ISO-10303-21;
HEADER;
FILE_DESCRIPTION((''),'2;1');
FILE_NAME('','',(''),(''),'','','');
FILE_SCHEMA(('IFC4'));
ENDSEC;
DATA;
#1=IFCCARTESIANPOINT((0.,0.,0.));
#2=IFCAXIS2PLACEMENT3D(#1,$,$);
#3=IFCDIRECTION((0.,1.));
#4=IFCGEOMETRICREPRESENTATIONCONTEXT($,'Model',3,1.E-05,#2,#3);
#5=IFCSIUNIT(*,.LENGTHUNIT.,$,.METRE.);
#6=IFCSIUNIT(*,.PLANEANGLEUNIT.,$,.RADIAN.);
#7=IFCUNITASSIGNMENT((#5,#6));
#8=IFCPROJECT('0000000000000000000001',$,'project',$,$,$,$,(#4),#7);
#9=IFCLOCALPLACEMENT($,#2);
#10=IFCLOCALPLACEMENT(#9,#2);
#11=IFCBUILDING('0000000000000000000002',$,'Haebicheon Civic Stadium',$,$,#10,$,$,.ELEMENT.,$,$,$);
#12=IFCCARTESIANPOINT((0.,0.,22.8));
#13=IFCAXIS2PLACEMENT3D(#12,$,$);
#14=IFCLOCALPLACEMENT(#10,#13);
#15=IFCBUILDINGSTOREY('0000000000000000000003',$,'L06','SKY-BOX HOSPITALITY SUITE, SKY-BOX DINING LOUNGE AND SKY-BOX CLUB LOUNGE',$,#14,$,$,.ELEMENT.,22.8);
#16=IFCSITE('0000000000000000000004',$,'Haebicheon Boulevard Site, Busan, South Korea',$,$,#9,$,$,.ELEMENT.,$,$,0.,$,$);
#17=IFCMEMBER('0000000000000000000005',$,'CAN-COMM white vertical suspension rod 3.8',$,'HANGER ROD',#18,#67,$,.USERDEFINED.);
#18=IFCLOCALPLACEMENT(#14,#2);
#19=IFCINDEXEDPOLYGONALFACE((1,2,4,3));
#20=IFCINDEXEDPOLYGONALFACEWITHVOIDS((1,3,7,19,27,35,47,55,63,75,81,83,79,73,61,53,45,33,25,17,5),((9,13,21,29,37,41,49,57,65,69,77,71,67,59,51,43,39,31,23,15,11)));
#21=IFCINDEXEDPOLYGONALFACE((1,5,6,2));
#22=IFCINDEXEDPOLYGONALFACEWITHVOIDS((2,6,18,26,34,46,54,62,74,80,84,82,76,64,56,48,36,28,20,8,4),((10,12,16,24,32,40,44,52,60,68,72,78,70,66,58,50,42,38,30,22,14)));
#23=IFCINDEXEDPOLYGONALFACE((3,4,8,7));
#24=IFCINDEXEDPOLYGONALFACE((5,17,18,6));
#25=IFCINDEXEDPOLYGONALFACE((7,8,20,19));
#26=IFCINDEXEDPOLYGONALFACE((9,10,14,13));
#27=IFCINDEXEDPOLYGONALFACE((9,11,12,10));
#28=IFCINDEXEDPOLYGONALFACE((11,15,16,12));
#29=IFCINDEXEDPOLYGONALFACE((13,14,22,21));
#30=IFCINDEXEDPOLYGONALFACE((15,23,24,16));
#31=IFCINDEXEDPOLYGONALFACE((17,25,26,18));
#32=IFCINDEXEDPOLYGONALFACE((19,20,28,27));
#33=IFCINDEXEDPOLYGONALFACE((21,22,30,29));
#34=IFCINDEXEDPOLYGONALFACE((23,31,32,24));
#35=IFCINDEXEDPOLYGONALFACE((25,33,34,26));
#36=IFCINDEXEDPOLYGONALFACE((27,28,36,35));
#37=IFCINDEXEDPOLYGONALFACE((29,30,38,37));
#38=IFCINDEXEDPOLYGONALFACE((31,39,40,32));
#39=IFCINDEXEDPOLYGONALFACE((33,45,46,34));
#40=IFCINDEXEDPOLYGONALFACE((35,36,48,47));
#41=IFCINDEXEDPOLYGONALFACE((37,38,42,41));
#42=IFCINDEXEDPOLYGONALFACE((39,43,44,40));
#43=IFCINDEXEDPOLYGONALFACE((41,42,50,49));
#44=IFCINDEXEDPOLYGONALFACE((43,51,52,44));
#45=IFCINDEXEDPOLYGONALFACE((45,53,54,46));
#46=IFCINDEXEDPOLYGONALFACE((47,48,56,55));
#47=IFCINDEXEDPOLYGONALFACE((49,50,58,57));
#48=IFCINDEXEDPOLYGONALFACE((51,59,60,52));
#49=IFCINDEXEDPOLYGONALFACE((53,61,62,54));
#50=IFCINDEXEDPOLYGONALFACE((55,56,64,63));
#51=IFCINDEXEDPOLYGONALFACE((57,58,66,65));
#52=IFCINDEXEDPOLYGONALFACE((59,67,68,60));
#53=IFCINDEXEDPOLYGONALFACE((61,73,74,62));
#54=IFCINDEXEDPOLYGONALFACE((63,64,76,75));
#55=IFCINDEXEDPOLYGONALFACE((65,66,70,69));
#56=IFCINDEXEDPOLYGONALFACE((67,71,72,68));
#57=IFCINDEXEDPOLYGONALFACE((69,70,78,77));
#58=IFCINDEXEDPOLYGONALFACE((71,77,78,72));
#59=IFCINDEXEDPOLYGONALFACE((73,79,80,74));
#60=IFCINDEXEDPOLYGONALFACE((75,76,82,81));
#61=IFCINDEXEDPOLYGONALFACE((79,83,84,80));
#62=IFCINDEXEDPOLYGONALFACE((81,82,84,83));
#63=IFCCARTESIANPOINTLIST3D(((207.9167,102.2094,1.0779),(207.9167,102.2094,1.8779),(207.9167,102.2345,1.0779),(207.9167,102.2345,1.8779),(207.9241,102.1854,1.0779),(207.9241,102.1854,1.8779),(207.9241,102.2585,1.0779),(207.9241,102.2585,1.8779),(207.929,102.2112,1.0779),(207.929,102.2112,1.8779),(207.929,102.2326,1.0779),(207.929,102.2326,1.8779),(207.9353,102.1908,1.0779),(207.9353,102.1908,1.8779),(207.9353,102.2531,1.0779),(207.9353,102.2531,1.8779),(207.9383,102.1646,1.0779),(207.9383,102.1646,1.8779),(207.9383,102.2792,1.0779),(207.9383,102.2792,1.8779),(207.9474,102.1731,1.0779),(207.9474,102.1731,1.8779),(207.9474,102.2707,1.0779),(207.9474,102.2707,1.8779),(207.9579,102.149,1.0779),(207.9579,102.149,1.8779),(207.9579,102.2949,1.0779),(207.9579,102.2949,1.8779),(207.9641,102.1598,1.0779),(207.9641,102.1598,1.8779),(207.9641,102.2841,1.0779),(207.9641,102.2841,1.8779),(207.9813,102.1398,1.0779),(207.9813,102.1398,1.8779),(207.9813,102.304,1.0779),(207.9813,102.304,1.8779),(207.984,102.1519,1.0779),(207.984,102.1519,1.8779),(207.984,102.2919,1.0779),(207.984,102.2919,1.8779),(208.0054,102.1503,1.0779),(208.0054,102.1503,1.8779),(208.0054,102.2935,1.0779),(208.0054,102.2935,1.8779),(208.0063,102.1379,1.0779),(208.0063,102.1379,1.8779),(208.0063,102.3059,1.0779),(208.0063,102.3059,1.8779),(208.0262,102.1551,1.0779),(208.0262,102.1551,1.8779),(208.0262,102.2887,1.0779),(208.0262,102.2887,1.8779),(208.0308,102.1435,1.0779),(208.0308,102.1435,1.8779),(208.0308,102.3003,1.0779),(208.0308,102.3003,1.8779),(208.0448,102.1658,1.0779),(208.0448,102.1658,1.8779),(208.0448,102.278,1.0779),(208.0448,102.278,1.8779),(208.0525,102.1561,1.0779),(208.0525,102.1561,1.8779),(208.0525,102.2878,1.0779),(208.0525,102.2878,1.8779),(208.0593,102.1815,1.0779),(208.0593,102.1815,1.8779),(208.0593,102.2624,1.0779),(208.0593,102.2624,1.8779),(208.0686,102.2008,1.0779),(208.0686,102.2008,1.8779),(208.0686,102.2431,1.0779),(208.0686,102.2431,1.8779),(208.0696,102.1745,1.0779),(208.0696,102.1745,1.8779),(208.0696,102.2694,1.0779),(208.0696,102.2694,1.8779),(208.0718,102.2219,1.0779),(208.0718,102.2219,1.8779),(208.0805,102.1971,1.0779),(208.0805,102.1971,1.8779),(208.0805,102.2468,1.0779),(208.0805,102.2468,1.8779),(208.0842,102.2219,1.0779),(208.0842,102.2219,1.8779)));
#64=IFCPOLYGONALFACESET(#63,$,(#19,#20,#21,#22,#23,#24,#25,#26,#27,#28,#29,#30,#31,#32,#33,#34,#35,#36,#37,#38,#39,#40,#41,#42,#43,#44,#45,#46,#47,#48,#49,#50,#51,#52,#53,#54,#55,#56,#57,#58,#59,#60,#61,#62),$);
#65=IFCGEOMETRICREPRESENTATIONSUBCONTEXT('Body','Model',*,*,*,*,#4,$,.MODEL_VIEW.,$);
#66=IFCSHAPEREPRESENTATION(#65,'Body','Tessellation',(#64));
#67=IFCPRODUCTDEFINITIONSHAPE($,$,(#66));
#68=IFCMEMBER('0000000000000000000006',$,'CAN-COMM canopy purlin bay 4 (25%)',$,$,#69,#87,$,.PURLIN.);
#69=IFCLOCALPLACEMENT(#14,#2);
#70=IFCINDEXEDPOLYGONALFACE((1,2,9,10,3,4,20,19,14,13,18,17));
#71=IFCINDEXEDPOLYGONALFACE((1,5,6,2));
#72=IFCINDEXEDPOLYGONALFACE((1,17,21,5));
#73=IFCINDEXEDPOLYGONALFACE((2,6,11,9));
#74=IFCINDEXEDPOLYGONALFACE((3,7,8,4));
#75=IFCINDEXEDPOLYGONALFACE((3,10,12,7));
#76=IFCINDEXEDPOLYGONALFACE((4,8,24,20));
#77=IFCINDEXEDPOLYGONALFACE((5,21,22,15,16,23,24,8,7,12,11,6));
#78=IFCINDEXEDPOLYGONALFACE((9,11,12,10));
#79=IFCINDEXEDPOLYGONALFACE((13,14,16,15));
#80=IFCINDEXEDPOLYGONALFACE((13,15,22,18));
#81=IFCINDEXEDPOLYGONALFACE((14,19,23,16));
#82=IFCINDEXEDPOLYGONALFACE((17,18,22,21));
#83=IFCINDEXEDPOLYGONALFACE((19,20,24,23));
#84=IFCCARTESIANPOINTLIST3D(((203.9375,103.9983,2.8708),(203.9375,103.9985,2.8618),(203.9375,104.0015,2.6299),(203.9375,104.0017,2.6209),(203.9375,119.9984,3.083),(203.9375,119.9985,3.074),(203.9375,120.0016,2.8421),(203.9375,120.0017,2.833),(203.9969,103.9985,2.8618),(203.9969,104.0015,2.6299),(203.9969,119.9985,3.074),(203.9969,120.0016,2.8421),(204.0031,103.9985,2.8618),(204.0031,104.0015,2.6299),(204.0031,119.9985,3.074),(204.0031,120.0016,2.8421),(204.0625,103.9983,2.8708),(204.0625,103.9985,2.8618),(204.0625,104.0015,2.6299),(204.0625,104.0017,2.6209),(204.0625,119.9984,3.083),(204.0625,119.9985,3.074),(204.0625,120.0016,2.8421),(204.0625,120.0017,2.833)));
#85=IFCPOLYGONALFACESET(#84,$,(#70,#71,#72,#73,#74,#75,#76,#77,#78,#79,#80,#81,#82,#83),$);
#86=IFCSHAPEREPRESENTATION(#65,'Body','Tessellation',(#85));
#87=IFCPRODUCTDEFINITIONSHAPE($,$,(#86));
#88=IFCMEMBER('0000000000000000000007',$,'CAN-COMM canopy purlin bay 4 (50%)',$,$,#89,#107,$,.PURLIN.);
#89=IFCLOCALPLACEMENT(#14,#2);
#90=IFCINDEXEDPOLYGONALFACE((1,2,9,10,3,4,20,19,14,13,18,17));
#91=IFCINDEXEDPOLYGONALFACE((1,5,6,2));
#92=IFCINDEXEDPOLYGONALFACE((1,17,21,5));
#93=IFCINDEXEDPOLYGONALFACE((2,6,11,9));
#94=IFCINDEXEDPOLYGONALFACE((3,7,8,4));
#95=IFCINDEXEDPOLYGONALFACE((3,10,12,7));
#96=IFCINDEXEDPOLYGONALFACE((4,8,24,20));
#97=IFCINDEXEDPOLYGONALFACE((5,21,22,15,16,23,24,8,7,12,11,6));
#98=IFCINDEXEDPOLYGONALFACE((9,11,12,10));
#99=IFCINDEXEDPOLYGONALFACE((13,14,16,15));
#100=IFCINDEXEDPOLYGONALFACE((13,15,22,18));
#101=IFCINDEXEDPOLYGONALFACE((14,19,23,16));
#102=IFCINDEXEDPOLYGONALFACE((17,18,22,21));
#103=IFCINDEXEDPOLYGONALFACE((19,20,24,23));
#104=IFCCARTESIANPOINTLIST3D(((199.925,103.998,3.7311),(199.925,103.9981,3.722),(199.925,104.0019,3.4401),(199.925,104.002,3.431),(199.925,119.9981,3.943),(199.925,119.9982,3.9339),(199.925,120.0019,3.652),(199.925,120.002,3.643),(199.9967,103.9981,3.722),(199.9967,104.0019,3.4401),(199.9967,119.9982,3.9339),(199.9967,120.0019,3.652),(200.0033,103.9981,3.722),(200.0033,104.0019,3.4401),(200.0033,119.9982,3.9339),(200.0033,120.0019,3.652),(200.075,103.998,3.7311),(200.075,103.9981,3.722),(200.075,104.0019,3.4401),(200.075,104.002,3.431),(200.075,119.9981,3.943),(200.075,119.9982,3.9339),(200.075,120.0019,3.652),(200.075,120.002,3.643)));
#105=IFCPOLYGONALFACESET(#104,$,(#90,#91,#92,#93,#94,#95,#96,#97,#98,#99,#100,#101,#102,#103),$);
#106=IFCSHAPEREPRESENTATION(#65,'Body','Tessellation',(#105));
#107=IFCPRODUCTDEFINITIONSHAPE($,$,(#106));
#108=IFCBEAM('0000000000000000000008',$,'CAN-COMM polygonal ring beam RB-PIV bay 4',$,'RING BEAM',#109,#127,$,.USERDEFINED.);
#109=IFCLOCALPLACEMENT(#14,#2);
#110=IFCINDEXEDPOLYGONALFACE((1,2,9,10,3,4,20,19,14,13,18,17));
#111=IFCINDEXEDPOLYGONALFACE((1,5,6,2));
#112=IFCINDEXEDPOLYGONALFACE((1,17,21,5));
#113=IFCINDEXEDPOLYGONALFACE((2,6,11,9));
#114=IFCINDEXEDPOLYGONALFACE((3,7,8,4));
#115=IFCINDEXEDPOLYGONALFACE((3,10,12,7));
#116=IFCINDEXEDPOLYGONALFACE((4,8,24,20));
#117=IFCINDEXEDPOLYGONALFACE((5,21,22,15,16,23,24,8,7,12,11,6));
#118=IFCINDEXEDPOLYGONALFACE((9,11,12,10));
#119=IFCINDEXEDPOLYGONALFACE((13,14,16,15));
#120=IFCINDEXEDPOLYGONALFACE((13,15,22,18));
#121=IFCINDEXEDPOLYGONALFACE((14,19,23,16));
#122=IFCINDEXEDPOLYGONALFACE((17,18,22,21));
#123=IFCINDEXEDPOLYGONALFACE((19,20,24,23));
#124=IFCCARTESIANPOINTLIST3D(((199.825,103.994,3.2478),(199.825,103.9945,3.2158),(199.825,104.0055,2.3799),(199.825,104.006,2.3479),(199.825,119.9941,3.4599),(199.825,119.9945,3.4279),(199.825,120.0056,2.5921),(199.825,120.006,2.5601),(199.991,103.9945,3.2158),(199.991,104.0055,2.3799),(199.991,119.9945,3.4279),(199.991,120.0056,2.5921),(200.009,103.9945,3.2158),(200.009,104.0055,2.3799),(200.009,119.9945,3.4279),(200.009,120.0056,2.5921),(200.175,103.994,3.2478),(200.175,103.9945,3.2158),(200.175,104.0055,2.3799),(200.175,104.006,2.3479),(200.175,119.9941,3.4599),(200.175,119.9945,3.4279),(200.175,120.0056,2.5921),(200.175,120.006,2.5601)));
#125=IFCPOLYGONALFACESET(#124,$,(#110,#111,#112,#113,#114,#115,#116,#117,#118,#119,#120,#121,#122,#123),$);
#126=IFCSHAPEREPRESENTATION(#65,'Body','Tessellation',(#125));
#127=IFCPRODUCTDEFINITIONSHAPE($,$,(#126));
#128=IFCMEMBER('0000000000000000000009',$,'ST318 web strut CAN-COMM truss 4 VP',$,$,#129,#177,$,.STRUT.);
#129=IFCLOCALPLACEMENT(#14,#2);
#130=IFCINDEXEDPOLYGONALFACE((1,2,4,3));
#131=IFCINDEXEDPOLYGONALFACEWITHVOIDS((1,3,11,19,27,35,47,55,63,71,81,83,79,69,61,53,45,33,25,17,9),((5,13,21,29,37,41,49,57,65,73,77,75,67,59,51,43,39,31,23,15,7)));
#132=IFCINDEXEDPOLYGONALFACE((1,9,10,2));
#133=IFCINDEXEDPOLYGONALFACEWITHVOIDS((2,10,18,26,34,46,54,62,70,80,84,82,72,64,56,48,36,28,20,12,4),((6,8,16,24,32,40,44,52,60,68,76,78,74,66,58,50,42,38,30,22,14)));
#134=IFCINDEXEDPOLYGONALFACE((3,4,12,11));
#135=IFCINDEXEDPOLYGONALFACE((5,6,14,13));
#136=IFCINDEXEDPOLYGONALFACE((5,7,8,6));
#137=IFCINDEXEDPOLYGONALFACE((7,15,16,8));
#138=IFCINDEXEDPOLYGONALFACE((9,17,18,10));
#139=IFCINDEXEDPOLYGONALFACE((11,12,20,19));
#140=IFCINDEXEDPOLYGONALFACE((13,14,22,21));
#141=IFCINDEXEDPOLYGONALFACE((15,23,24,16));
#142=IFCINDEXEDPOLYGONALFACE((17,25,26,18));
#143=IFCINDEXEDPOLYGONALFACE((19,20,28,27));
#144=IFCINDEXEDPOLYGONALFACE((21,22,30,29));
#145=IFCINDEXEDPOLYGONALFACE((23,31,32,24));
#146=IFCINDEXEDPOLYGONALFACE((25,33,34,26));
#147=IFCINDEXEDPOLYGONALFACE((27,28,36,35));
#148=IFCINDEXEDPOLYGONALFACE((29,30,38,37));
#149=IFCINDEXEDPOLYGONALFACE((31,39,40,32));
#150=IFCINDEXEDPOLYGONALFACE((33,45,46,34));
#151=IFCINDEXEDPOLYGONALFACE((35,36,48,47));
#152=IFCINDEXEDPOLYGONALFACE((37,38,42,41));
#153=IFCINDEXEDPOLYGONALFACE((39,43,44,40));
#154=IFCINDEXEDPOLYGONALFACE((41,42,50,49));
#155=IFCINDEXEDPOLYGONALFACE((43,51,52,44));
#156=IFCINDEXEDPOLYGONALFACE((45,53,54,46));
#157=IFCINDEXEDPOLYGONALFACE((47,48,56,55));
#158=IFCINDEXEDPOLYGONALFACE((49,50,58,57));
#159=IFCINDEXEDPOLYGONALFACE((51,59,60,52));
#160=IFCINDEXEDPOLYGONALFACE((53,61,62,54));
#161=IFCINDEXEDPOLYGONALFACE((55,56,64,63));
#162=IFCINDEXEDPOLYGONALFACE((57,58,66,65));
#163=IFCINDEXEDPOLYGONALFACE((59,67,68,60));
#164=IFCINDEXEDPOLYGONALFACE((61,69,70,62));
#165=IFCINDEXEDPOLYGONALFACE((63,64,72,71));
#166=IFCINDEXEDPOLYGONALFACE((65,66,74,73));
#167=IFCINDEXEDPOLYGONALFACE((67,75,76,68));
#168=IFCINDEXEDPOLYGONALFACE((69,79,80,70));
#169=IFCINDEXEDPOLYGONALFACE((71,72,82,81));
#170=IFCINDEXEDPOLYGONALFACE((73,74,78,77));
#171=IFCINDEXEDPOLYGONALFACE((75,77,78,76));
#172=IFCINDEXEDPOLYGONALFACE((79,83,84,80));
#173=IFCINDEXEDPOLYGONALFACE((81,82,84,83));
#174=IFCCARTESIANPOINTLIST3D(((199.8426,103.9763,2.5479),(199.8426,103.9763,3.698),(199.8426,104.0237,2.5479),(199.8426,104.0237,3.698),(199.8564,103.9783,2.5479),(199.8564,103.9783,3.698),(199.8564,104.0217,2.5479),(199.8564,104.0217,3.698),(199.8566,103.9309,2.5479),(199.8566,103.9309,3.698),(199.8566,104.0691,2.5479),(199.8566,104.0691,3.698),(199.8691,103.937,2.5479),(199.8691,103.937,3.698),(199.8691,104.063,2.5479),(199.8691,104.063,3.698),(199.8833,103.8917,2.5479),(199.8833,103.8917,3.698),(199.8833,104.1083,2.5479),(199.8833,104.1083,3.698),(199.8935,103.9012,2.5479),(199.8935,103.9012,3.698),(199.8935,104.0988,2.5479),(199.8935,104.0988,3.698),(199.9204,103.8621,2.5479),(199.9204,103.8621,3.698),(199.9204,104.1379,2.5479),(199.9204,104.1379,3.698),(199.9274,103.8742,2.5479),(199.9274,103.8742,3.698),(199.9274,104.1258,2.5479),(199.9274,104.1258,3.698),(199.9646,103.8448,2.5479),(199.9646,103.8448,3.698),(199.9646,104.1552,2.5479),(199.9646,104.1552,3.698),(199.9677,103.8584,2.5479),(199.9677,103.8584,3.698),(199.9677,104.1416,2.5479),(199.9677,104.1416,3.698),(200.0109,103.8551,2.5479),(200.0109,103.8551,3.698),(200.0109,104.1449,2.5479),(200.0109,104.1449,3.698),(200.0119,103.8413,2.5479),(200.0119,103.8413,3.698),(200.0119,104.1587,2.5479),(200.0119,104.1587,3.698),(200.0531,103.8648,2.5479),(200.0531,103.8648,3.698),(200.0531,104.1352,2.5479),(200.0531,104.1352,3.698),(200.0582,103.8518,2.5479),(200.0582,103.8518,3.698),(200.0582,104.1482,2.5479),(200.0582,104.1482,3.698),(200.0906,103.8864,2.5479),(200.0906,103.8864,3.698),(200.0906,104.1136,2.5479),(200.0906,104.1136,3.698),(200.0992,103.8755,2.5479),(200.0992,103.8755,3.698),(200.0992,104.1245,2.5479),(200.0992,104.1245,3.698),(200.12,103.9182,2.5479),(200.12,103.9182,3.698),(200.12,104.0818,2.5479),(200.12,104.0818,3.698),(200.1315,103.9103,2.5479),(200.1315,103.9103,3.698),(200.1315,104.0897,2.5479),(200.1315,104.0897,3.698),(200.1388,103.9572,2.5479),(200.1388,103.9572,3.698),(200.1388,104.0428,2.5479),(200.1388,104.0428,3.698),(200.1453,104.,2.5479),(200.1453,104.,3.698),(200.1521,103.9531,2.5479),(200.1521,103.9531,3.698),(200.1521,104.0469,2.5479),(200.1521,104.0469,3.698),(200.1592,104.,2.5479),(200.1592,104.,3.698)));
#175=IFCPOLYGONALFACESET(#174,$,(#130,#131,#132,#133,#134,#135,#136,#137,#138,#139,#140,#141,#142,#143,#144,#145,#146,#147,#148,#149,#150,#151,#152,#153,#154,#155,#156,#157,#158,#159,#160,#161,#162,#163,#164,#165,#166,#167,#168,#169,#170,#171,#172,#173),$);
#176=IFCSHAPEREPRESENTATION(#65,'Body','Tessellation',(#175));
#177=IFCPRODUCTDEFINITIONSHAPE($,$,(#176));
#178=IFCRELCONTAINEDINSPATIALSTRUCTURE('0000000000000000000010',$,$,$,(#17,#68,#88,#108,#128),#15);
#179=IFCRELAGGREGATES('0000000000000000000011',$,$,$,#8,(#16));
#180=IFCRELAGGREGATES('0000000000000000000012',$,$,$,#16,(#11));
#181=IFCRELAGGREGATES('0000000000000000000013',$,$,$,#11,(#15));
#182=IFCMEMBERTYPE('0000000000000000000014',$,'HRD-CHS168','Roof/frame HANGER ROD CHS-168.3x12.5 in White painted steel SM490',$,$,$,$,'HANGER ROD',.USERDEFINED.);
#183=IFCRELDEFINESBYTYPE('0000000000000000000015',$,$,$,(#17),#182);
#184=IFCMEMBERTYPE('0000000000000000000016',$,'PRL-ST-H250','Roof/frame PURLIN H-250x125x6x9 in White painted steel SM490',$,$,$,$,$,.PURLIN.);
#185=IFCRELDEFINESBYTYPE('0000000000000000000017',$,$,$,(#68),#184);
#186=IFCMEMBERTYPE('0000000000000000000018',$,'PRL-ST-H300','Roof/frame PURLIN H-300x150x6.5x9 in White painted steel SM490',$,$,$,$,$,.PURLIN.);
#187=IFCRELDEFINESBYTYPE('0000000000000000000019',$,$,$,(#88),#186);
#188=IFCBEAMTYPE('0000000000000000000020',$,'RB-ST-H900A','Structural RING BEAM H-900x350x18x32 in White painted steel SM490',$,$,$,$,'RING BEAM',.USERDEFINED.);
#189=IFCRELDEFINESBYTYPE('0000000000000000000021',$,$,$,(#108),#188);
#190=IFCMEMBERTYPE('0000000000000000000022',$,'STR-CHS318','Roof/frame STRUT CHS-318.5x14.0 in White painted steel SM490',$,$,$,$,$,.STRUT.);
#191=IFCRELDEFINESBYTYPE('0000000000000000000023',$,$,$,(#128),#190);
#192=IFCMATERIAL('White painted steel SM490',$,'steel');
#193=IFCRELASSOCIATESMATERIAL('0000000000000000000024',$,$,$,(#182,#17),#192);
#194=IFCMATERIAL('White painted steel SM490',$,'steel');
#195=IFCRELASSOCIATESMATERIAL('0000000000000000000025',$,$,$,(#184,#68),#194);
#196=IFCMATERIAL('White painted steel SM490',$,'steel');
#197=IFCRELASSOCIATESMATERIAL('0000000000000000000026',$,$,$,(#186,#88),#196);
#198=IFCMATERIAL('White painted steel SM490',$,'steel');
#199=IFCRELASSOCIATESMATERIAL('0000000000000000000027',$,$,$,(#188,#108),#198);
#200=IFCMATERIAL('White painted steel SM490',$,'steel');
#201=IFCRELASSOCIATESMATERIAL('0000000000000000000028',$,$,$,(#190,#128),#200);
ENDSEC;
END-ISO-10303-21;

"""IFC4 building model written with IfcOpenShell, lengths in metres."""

from ifc_helpers import new_model, si_unit, direction, frame, origin, origin_2d, place, context, subcontext, project, spatial, hollow_circle, i_section, extrude, material, material_profile, profile_set, type_object, element, save


model = new_model("IFC4")

# Units and contexts
model_context = context("Model", 3, precision=1e-05, world=origin(), true_north=direction((0.0, 1.0)))
body_context = subcontext(model_context, "Body", "Model", "MODEL_VIEW")
ifc_project = project(units=[si_unit("LENGTHUNIT", "METRE"), si_unit("PLANEANGLEUNIT", "RADIAN")], contexts=[model_context])

# Site, building, storey
site_placement = place(None, origin())
site = spatial("IfcSite", under=ifc_project, at=site_placement, Name="Haebicheon Boulevard Site, Busan, South Korea", CompositionType="ELEMENT", RefElevation=0.0)
building_placement = place(site_placement, origin())
building = spatial("IfcBuilding", under=site, at=building_placement, Name="Haebicheon Civic Stadium", CompositionType="ELEMENT")
storey_placement = place(building_placement, frame((0.0, 0.0, 22.8)))
storey = spatial("IfcBuildingStorey", under=building, at=storey_placement, Name="L06", Description="SKY-BOX HOSPITALITY SUITE, SKY-BOX DINING LOUNGE AND SKY-BOX CLUB LOUNGE", CompositionType="ELEMENT", Elevation=22.8)

# Members
ifc_material_1 = material(Name="White painted steel SM490", Category="steel")
ifc_material_profile_1 = material_profile(ifc_material_1, hollow_circle(Radius=0.0842, WallThickness=0.0125, at=origin_2d()), Name="CHS-168.3x12.5")
ifc_profile_set_1 = profile_set([ifc_material_profile_1], Name="White painted steel SM490")
member_type_1 = type_object("IfcMemberType", Name="HRD-CHS168", Description="Roof/frame HANGER ROD CHS-168.3x12.5 in White painted steel SM490", ElementType="HANGER ROD", PredefinedType="USERDEFINED", material=ifc_profile_set_1)
for number, where, z_axis, x_axis, name in (
    (1, (208.0, 102.2219, 1.0779), (0.0, 0.0, 1.0), (1.0, 0.0, 0.0), "CAN-COMM white vertical suspension rod 3.8"),
):
    element("IfcMember", number, at=place(storey_placement, frame(where, z_axis=z_axis, x_axis=x_axis)), inside=storey, type_object=member_type_1, material=ifc_profile_set_1, Name=name, ObjectType="HANGER ROD", PredefinedType="USERDEFINED", context=body_context, shape_type="SweptSolid", body=[
        extrude(hollow_circle(Radius=0.0842, WallThickness=0.0125, at=origin_2d()), origin(), (0.0, 0.0, 1.0), 0.8),
    ])
ifc_material_2 = material(Name="White painted steel SM490", Category="steel")
ifc_material_profile_2 = material_profile(ifc_material_2, i_section(OverallWidth=0.125, OverallDepth=0.25, WebThickness=0.0061, FlangeThickness=0.009, at=origin_2d()), Name="H-250x125x6x9")
ifc_profile_set_2 = profile_set([ifc_material_profile_2], Name="White painted steel SM490")
member_type_2 = type_object("IfcMemberType", Name="PRL-ST-H250", Description="Roof/frame PURLIN H-250x125x6x9 in White painted steel SM490", PredefinedType="PURLIN", material=ifc_profile_set_2)
member_1_placement = place(storey_placement, frame((204.0, 104.0, 2.7458), z_axis=(0.0, 0.999912, 0.013259), x_axis=(-1.0, 0.0, 0.0)))
element("IfcMember", 2, at=member_1_placement, inside=storey, type_object=member_type_2, material=ifc_profile_set_2, Name="CAN-COMM canopy purlin bay 4 (25%)", PredefinedType="PURLIN", context=body_context, shape_type="SweptSolid", body=[
    extrude(i_section(OverallWidth=0.125, OverallDepth=0.25, WebThickness=0.0061, FlangeThickness=0.009, at=origin_2d()), origin(), (0.0, 0.0, 1.0), 16.0015),
])
ifc_material_3 = material(Name="White painted steel SM490", Category="steel")
ifc_material_profile_3 = material_profile(ifc_material_3, i_section(OverallWidth=0.1499, OverallDepth=0.3, WebThickness=0.0066, FlangeThickness=0.009, at=origin_2d()), Name="H-300x150x6.5x9")
ifc_profile_set_3 = profile_set([ifc_material_profile_3], Name="White painted steel SM490")
member_type_3 = type_object("IfcMemberType", Name="PRL-ST-H300", Description="Roof/frame PURLIN H-300x150x6.5x9 in White painted steel SM490", PredefinedType="PURLIN", material=ifc_profile_set_3)
member_2_placement = place(storey_placement, frame((200.0, 104.0, 3.5811), z_axis=(0.0, 0.999912, 0.013243), x_axis=(-1.0, 0.0, 0.0)))
element("IfcMember", 3, at=member_2_placement, inside=storey, type_object=member_type_3, material=ifc_profile_set_3, Name="CAN-COMM canopy purlin bay 4 (50%)", PredefinedType="PURLIN", context=body_context, shape_type="SweptSolid", body=[
    extrude(i_section(OverallWidth=0.1499, OverallDepth=0.3, WebThickness=0.0066, FlangeThickness=0.009, at=origin_2d()), origin(), (0.0, 0.0, 1.0), 16.0015),
])

# Beam
ifc_material_4 = material(Name="White painted steel SM490", Category="steel")
ifc_material_profile_4 = material_profile(ifc_material_4, i_section(OverallWidth=0.3501, OverallDepth=0.8999, WebThickness=0.0181, FlangeThickness=0.032, at=origin_2d()), Name="H-900x350x18x32")
ifc_profile_set_4 = profile_set([ifc_material_profile_4], Name="White painted steel SM490")
beam_type = type_object("IfcBeamType", Name="RB-ST-H900A", Description="Structural RING BEAM H-900x350x18x32 in White painted steel SM490", ElementType="RING BEAM", PredefinedType="USERDEFINED", material=ifc_profile_set_4)
beam_placement = place(storey_placement, frame((200.0, 104.0, 2.7979), z_axis=(0.0, 0.999912, 0.013259), x_axis=(-1.0, 0.0, 0.0)))
element("IfcBeam", 4, at=beam_placement, inside=storey, type_object=beam_type, material=ifc_profile_set_4, Name="CAN-COMM polygonal ring beam RB-PIV bay 4", ObjectType="RING BEAM", PredefinedType="USERDEFINED", context=body_context, shape_type="SweptSolid", body=[
    extrude(i_section(OverallWidth=0.3501, OverallDepth=0.8999, WebThickness=0.0181, FlangeThickness=0.032, at=origin_2d()), origin(), (0.0, 0.0, 1.0), 16.0015),
])

# Member
ifc_material_5 = material(Name="White painted steel SM490", Category="steel")
ifc_material_profile_5 = material_profile(ifc_material_5, hollow_circle(Radius=0.1592, WallThickness=0.0139, at=origin_2d()), Name="CHS-318.5x14.0")
ifc_profile_set_5 = profile_set([ifc_material_profile_5], Name="White painted steel SM490")
member_type_4 = type_object("IfcMemberType", Name="STR-CHS318", Description="Roof/frame STRUT CHS-318.5x14.0 in White painted steel SM490", PredefinedType="STRUT", material=ifc_profile_set_5)
member_3_placement = place(storey_placement, frame((200.0, 104.0, 2.5479), z_axis=(0.0, 0.0, 1.0), x_axis=(1.0, 0.0, 0.0)))
element("IfcMember", 5, at=member_3_placement, inside=storey, type_object=member_type_4, material=ifc_profile_set_5, Name="ST318 web strut CAN-COMM truss 4 VP", PredefinedType="STRUT", context=body_context, shape_type="SweptSolid", body=[
    extrude(hollow_circle(Radius=0.1592, WallThickness=0.0139, at=origin_2d()), origin(), (0.0, 0.0, 1.0), 1.1501),
])

save(model, "model.ifc")
